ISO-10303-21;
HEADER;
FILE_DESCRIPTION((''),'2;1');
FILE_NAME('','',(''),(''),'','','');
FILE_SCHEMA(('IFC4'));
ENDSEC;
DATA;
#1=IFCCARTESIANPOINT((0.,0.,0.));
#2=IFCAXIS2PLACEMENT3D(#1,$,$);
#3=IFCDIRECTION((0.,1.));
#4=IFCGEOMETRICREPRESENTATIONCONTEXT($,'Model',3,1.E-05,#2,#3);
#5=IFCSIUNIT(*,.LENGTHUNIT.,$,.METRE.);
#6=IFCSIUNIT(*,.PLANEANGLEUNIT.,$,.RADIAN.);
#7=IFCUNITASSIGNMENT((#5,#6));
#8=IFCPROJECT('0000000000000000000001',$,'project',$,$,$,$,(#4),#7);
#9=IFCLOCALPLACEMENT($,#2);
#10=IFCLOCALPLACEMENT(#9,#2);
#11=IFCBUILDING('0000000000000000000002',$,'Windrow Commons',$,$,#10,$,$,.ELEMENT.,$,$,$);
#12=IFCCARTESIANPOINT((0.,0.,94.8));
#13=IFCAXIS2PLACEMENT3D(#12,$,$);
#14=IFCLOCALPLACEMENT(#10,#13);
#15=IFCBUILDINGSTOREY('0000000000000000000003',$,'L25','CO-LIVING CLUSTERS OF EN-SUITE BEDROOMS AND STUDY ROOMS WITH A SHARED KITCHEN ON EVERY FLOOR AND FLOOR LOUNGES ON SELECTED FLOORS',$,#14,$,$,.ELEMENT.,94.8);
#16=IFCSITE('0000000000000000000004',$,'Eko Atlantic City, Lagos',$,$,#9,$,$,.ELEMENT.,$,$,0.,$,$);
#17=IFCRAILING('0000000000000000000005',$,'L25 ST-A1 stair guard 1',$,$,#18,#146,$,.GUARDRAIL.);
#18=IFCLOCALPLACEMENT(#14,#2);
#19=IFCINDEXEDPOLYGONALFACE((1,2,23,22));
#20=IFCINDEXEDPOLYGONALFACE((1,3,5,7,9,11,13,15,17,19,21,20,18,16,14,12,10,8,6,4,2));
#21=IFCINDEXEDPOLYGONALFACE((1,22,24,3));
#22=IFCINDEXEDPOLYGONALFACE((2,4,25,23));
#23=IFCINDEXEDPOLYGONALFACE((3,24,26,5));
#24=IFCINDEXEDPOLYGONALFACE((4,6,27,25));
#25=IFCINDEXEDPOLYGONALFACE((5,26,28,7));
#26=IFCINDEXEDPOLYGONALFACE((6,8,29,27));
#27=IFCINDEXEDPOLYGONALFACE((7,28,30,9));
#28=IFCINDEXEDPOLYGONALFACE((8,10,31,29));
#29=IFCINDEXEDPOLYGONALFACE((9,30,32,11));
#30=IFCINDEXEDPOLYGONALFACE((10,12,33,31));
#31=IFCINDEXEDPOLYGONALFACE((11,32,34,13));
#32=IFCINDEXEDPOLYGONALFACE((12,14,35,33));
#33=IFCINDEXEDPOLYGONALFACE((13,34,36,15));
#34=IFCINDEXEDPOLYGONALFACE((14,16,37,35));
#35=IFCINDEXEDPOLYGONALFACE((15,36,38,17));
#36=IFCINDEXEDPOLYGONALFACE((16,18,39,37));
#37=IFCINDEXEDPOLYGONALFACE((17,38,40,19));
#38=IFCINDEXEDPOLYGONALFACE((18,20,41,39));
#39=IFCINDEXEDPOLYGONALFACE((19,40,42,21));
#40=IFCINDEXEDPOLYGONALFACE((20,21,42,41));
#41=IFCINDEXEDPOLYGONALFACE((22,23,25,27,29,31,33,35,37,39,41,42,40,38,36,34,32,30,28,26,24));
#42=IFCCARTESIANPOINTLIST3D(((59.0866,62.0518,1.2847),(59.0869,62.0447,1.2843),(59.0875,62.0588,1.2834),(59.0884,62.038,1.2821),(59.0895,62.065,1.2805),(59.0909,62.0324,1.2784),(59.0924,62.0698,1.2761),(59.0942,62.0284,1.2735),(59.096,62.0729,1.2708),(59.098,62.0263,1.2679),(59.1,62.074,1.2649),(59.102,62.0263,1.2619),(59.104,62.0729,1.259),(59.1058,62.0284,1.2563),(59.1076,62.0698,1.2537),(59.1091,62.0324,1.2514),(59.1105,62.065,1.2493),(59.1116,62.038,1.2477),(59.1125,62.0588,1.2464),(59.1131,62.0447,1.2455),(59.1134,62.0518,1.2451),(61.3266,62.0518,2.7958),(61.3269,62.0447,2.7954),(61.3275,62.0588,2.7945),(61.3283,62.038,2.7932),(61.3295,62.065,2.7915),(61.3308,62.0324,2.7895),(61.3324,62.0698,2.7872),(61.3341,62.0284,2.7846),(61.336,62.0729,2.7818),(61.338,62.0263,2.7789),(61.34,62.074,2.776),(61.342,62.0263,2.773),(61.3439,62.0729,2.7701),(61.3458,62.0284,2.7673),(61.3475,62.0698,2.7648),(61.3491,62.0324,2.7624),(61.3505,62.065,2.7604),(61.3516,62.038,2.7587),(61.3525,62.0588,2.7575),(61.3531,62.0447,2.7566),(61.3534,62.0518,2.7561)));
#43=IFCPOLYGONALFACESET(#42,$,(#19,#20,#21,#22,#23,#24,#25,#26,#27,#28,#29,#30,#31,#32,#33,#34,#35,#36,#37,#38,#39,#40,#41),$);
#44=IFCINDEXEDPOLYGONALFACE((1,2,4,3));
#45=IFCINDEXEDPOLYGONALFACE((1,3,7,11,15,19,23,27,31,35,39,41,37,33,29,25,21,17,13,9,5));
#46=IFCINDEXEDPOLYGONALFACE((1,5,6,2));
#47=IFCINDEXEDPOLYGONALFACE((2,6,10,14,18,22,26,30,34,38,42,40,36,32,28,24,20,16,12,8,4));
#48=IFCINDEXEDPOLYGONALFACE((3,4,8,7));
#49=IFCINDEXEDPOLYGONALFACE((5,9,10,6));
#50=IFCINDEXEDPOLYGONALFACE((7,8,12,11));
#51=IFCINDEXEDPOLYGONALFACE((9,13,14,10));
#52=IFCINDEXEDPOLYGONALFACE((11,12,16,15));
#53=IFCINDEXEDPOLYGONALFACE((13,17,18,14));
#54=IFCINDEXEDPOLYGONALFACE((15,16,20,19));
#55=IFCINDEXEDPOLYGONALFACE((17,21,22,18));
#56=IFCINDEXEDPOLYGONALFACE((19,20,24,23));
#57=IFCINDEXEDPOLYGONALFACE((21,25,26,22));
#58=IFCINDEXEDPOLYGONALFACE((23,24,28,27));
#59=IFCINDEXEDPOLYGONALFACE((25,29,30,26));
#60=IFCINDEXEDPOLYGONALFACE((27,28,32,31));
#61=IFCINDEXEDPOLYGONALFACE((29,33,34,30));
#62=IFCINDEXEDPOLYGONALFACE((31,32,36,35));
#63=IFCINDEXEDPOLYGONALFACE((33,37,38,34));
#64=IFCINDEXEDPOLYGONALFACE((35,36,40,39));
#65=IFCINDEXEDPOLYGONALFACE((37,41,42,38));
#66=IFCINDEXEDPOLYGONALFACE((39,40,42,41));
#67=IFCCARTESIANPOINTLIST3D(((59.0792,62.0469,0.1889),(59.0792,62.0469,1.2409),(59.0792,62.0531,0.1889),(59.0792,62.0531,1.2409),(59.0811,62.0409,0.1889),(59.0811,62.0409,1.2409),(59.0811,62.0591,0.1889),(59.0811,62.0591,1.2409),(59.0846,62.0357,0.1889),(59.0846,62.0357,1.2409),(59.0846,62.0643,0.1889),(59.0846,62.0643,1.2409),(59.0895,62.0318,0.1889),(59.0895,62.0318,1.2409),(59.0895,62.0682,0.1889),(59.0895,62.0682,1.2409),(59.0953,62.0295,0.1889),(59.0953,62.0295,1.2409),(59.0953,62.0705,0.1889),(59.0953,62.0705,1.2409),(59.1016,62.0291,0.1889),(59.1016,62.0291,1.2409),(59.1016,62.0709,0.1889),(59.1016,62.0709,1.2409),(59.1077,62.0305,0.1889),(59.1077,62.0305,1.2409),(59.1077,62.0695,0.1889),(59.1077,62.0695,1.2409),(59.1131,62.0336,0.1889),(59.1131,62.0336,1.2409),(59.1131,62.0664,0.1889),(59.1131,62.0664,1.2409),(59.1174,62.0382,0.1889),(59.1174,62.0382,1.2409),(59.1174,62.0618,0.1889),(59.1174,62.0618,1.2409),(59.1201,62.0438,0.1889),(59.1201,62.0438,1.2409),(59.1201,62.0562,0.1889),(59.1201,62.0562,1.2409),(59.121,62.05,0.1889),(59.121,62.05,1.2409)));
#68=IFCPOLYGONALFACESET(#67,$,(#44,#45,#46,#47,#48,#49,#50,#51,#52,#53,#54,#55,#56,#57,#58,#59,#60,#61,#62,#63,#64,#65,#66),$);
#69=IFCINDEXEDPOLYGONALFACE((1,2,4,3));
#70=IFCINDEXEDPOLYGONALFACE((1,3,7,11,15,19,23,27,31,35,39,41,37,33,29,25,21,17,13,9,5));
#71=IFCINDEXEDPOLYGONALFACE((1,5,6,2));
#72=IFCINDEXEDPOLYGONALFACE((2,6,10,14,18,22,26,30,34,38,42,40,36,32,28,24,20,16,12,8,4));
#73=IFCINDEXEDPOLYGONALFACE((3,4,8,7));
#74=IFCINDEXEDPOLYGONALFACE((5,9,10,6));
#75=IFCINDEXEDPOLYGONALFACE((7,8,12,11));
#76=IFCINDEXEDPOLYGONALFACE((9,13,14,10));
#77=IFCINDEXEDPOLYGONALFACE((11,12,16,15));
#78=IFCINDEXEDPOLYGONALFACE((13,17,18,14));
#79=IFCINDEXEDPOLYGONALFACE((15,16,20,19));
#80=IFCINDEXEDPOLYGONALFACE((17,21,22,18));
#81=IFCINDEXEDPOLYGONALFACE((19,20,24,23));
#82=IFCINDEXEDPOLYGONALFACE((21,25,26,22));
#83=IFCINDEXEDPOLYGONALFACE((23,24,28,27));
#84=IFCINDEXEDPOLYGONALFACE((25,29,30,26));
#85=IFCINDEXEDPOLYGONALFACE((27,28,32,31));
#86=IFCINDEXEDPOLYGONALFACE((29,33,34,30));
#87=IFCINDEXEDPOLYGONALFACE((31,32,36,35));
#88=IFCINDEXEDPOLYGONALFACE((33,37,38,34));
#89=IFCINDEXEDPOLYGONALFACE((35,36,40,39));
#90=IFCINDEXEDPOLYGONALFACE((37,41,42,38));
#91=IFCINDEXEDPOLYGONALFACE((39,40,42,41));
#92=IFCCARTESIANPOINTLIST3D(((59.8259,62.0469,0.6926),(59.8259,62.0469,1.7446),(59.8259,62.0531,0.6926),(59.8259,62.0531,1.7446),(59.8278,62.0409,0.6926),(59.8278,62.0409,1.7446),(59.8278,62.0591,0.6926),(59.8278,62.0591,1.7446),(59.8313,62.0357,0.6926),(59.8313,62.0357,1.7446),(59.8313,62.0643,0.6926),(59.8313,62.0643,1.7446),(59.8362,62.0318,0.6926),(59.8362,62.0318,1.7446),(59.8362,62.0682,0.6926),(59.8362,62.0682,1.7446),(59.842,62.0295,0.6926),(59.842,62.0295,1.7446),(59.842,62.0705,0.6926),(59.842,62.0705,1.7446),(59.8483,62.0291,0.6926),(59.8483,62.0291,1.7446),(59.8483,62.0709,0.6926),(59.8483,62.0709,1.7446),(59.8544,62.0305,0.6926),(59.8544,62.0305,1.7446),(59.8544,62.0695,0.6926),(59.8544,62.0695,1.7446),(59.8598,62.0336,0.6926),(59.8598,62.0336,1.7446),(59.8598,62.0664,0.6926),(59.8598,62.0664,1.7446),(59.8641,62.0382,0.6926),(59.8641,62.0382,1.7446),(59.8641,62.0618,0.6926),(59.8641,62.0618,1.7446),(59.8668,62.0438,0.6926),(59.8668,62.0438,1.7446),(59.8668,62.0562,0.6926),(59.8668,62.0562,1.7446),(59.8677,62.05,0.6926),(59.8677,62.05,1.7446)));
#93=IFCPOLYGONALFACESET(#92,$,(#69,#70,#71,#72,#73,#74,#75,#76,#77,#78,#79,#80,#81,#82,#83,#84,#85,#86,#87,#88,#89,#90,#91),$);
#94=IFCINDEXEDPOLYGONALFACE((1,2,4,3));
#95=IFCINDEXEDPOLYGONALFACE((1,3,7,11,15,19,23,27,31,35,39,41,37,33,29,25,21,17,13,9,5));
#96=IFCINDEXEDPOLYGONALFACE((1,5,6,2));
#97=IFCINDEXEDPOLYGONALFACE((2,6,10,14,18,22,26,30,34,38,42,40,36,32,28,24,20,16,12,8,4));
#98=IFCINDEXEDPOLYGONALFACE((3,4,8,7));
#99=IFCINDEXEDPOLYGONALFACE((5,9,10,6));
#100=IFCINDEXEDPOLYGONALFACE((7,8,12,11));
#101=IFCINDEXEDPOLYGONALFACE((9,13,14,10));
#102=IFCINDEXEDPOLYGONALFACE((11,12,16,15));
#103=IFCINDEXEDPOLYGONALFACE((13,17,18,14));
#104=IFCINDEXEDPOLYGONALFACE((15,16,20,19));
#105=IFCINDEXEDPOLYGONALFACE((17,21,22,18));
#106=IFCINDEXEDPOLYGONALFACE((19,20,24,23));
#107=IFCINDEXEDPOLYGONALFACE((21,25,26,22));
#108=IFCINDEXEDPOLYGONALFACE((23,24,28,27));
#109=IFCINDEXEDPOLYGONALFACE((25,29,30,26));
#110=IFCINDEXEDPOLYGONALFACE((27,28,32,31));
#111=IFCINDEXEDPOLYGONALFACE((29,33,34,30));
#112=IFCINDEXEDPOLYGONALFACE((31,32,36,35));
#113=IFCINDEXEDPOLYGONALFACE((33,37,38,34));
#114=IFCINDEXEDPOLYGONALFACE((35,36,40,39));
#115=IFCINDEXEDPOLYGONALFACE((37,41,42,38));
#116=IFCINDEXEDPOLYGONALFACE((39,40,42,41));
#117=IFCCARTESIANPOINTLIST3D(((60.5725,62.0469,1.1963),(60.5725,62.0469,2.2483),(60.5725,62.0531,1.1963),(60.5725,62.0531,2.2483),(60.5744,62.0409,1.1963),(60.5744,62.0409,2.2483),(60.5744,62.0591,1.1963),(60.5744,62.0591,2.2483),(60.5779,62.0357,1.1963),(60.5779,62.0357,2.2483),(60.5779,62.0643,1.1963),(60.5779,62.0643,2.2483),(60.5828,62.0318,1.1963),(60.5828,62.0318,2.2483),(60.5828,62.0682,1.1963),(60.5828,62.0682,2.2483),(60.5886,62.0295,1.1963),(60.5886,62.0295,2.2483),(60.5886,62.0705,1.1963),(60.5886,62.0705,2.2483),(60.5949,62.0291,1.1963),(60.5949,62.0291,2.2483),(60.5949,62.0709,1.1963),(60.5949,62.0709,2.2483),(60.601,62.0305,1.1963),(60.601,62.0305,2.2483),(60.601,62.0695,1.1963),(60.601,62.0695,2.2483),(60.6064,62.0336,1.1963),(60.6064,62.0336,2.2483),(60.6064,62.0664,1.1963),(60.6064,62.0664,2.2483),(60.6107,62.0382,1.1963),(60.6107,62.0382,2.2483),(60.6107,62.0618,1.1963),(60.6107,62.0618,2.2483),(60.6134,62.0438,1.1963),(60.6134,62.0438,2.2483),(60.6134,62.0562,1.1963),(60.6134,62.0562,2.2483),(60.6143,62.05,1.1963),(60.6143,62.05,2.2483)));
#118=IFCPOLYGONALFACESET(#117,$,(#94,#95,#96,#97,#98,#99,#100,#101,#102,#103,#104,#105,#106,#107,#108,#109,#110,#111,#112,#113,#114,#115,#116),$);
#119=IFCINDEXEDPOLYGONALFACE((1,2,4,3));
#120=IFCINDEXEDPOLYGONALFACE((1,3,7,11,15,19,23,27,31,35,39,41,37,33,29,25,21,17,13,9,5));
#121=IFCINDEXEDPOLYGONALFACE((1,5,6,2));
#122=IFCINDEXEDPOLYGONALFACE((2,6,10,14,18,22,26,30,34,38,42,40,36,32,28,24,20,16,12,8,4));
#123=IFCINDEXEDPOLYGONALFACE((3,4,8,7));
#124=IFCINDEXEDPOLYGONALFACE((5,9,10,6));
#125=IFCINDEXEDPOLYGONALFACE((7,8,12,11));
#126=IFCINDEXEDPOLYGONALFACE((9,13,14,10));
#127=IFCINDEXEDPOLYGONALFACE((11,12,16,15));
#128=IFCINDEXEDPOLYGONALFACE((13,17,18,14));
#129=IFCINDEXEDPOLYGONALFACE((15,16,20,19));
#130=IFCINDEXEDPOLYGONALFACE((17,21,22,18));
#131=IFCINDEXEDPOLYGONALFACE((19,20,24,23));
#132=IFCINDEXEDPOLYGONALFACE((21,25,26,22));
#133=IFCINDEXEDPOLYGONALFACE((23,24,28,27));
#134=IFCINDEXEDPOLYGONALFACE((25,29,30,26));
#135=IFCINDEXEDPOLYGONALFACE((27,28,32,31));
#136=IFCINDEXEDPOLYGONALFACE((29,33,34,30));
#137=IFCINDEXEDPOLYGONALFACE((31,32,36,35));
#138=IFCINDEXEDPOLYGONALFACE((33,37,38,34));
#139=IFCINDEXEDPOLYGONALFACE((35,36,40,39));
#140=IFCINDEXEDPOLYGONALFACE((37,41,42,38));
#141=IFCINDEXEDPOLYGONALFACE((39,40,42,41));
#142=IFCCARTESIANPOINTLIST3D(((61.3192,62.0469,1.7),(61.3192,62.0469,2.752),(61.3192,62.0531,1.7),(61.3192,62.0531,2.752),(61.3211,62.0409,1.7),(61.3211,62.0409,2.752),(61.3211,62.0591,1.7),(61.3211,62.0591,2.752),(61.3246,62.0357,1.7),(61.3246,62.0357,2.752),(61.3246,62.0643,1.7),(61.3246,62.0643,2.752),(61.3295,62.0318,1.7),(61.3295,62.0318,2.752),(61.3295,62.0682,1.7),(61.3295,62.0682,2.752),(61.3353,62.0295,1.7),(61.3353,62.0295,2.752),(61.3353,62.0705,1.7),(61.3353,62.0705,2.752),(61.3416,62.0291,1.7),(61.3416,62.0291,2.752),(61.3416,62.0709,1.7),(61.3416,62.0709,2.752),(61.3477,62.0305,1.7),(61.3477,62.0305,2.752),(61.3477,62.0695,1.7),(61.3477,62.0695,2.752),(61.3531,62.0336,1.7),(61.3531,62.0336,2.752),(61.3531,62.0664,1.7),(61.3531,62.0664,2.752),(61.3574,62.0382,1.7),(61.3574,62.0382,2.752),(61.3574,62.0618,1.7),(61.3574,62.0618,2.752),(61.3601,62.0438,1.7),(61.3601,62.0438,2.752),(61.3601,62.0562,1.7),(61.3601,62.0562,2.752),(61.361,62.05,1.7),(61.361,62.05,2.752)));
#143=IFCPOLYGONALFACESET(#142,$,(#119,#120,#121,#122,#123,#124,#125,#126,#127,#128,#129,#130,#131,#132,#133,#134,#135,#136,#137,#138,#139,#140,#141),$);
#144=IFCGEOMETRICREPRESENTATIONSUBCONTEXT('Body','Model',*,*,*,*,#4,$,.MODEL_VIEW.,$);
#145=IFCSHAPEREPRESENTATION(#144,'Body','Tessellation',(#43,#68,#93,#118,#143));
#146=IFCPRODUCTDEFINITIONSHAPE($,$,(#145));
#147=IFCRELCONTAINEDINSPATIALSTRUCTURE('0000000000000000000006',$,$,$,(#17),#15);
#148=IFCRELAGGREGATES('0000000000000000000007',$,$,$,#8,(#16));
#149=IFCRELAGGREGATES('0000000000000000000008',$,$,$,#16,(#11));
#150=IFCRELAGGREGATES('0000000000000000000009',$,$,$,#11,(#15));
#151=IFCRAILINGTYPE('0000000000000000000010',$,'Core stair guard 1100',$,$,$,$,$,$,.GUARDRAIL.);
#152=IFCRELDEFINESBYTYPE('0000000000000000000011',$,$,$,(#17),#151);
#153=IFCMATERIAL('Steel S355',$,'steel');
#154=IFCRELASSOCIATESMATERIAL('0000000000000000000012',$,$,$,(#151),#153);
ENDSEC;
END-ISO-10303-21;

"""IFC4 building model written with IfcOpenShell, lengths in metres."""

from ifc_helpers import new_model, si_unit, direction, frame, origin, origin_2d, place, context, subcontext, project, spatial, circle, extrude, material, type_object, element, save


model = new_model("IFC4")

# Units and contexts
model_context = context("Model", 3, precision=1e-05, world=origin(), true_north=direction((0.0, 1.0)))
body_context = subcontext(model_context, "Body", "Model", "MODEL_VIEW")
ifc_project = project(units=[si_unit("LENGTHUNIT", "METRE"), si_unit("PLANEANGLEUNIT", "RADIAN")], contexts=[model_context])

# Site, building, storey
site_placement = place(None, origin())
site = spatial("IfcSite", under=ifc_project, at=site_placement, Name="Eko Atlantic City, Lagos", CompositionType="ELEMENT", RefElevation=0.0)
building_placement = place(site_placement, origin())
building = spatial("IfcBuilding", under=site, at=building_placement, Name="Windrow Commons", CompositionType="ELEMENT")
storey_placement = place(building_placement, frame((0.0, 0.0, 94.8)))
storey = spatial("IfcBuildingStorey", under=building, at=storey_placement, Name="L25", Description="CO-LIVING CLUSTERS OF EN-SUITE BEDROOMS AND STUDY ROOMS WITH A SHARED KITCHEN ON EVERY FLOOR AND FLOOR LOUNGES ON SELECTED FLOORS", CompositionType="ELEMENT", Elevation=94.8)

# Railing
ifc_material_1 = material(Name="Steel S355", Category="steel")
railing_type_1 = type_object("IfcRailingType", Name="Core stair guard 1100", PredefinedType="GUARDRAIL", material=ifc_material_1)
railing_1_placement = place(storey_placement, frame((59.1, 62.05, 0.1889)))
element("IfcRailing", 1, at=railing_1_placement, inside=storey, type_object=railing_type_1, Name="L25 ST-A1 stair guard 1", PredefinedType="GUARDRAIL", context=body_context, shape_type="SweptSolid", body=[
    extrude(circle(Radius=0.024, at=origin_2d()), frame((0.0, 0.0, 1.076), z_axis=(0.829003, 0.0, 0.559244), x_axis=(0.0, 1.0, 0.0)), (0.0, 0.0, 1.0), 2.702),
    extrude(circle(Radius=0.021, at=origin_2d()), origin(), (0.0, 0.0, 1.0), 1.052),
    extrude(circle(Radius=0.021, at=origin_2d()), frame((0.7467, 0.0, 0.5037)), (0.0, 0.0, 1.0), 1.052),
    extrude(circle(Radius=0.021, at=origin_2d()), frame((1.4933, 0.0, 1.0074)), (0.0, 0.0, 1.0), 1.052),
    extrude(circle(Radius=0.021, at=origin_2d()), frame((2.24, 0.0, 1.5111)), (0.0, 0.0, 1.0), 1.052),
])

save(model, "model.ifc")
